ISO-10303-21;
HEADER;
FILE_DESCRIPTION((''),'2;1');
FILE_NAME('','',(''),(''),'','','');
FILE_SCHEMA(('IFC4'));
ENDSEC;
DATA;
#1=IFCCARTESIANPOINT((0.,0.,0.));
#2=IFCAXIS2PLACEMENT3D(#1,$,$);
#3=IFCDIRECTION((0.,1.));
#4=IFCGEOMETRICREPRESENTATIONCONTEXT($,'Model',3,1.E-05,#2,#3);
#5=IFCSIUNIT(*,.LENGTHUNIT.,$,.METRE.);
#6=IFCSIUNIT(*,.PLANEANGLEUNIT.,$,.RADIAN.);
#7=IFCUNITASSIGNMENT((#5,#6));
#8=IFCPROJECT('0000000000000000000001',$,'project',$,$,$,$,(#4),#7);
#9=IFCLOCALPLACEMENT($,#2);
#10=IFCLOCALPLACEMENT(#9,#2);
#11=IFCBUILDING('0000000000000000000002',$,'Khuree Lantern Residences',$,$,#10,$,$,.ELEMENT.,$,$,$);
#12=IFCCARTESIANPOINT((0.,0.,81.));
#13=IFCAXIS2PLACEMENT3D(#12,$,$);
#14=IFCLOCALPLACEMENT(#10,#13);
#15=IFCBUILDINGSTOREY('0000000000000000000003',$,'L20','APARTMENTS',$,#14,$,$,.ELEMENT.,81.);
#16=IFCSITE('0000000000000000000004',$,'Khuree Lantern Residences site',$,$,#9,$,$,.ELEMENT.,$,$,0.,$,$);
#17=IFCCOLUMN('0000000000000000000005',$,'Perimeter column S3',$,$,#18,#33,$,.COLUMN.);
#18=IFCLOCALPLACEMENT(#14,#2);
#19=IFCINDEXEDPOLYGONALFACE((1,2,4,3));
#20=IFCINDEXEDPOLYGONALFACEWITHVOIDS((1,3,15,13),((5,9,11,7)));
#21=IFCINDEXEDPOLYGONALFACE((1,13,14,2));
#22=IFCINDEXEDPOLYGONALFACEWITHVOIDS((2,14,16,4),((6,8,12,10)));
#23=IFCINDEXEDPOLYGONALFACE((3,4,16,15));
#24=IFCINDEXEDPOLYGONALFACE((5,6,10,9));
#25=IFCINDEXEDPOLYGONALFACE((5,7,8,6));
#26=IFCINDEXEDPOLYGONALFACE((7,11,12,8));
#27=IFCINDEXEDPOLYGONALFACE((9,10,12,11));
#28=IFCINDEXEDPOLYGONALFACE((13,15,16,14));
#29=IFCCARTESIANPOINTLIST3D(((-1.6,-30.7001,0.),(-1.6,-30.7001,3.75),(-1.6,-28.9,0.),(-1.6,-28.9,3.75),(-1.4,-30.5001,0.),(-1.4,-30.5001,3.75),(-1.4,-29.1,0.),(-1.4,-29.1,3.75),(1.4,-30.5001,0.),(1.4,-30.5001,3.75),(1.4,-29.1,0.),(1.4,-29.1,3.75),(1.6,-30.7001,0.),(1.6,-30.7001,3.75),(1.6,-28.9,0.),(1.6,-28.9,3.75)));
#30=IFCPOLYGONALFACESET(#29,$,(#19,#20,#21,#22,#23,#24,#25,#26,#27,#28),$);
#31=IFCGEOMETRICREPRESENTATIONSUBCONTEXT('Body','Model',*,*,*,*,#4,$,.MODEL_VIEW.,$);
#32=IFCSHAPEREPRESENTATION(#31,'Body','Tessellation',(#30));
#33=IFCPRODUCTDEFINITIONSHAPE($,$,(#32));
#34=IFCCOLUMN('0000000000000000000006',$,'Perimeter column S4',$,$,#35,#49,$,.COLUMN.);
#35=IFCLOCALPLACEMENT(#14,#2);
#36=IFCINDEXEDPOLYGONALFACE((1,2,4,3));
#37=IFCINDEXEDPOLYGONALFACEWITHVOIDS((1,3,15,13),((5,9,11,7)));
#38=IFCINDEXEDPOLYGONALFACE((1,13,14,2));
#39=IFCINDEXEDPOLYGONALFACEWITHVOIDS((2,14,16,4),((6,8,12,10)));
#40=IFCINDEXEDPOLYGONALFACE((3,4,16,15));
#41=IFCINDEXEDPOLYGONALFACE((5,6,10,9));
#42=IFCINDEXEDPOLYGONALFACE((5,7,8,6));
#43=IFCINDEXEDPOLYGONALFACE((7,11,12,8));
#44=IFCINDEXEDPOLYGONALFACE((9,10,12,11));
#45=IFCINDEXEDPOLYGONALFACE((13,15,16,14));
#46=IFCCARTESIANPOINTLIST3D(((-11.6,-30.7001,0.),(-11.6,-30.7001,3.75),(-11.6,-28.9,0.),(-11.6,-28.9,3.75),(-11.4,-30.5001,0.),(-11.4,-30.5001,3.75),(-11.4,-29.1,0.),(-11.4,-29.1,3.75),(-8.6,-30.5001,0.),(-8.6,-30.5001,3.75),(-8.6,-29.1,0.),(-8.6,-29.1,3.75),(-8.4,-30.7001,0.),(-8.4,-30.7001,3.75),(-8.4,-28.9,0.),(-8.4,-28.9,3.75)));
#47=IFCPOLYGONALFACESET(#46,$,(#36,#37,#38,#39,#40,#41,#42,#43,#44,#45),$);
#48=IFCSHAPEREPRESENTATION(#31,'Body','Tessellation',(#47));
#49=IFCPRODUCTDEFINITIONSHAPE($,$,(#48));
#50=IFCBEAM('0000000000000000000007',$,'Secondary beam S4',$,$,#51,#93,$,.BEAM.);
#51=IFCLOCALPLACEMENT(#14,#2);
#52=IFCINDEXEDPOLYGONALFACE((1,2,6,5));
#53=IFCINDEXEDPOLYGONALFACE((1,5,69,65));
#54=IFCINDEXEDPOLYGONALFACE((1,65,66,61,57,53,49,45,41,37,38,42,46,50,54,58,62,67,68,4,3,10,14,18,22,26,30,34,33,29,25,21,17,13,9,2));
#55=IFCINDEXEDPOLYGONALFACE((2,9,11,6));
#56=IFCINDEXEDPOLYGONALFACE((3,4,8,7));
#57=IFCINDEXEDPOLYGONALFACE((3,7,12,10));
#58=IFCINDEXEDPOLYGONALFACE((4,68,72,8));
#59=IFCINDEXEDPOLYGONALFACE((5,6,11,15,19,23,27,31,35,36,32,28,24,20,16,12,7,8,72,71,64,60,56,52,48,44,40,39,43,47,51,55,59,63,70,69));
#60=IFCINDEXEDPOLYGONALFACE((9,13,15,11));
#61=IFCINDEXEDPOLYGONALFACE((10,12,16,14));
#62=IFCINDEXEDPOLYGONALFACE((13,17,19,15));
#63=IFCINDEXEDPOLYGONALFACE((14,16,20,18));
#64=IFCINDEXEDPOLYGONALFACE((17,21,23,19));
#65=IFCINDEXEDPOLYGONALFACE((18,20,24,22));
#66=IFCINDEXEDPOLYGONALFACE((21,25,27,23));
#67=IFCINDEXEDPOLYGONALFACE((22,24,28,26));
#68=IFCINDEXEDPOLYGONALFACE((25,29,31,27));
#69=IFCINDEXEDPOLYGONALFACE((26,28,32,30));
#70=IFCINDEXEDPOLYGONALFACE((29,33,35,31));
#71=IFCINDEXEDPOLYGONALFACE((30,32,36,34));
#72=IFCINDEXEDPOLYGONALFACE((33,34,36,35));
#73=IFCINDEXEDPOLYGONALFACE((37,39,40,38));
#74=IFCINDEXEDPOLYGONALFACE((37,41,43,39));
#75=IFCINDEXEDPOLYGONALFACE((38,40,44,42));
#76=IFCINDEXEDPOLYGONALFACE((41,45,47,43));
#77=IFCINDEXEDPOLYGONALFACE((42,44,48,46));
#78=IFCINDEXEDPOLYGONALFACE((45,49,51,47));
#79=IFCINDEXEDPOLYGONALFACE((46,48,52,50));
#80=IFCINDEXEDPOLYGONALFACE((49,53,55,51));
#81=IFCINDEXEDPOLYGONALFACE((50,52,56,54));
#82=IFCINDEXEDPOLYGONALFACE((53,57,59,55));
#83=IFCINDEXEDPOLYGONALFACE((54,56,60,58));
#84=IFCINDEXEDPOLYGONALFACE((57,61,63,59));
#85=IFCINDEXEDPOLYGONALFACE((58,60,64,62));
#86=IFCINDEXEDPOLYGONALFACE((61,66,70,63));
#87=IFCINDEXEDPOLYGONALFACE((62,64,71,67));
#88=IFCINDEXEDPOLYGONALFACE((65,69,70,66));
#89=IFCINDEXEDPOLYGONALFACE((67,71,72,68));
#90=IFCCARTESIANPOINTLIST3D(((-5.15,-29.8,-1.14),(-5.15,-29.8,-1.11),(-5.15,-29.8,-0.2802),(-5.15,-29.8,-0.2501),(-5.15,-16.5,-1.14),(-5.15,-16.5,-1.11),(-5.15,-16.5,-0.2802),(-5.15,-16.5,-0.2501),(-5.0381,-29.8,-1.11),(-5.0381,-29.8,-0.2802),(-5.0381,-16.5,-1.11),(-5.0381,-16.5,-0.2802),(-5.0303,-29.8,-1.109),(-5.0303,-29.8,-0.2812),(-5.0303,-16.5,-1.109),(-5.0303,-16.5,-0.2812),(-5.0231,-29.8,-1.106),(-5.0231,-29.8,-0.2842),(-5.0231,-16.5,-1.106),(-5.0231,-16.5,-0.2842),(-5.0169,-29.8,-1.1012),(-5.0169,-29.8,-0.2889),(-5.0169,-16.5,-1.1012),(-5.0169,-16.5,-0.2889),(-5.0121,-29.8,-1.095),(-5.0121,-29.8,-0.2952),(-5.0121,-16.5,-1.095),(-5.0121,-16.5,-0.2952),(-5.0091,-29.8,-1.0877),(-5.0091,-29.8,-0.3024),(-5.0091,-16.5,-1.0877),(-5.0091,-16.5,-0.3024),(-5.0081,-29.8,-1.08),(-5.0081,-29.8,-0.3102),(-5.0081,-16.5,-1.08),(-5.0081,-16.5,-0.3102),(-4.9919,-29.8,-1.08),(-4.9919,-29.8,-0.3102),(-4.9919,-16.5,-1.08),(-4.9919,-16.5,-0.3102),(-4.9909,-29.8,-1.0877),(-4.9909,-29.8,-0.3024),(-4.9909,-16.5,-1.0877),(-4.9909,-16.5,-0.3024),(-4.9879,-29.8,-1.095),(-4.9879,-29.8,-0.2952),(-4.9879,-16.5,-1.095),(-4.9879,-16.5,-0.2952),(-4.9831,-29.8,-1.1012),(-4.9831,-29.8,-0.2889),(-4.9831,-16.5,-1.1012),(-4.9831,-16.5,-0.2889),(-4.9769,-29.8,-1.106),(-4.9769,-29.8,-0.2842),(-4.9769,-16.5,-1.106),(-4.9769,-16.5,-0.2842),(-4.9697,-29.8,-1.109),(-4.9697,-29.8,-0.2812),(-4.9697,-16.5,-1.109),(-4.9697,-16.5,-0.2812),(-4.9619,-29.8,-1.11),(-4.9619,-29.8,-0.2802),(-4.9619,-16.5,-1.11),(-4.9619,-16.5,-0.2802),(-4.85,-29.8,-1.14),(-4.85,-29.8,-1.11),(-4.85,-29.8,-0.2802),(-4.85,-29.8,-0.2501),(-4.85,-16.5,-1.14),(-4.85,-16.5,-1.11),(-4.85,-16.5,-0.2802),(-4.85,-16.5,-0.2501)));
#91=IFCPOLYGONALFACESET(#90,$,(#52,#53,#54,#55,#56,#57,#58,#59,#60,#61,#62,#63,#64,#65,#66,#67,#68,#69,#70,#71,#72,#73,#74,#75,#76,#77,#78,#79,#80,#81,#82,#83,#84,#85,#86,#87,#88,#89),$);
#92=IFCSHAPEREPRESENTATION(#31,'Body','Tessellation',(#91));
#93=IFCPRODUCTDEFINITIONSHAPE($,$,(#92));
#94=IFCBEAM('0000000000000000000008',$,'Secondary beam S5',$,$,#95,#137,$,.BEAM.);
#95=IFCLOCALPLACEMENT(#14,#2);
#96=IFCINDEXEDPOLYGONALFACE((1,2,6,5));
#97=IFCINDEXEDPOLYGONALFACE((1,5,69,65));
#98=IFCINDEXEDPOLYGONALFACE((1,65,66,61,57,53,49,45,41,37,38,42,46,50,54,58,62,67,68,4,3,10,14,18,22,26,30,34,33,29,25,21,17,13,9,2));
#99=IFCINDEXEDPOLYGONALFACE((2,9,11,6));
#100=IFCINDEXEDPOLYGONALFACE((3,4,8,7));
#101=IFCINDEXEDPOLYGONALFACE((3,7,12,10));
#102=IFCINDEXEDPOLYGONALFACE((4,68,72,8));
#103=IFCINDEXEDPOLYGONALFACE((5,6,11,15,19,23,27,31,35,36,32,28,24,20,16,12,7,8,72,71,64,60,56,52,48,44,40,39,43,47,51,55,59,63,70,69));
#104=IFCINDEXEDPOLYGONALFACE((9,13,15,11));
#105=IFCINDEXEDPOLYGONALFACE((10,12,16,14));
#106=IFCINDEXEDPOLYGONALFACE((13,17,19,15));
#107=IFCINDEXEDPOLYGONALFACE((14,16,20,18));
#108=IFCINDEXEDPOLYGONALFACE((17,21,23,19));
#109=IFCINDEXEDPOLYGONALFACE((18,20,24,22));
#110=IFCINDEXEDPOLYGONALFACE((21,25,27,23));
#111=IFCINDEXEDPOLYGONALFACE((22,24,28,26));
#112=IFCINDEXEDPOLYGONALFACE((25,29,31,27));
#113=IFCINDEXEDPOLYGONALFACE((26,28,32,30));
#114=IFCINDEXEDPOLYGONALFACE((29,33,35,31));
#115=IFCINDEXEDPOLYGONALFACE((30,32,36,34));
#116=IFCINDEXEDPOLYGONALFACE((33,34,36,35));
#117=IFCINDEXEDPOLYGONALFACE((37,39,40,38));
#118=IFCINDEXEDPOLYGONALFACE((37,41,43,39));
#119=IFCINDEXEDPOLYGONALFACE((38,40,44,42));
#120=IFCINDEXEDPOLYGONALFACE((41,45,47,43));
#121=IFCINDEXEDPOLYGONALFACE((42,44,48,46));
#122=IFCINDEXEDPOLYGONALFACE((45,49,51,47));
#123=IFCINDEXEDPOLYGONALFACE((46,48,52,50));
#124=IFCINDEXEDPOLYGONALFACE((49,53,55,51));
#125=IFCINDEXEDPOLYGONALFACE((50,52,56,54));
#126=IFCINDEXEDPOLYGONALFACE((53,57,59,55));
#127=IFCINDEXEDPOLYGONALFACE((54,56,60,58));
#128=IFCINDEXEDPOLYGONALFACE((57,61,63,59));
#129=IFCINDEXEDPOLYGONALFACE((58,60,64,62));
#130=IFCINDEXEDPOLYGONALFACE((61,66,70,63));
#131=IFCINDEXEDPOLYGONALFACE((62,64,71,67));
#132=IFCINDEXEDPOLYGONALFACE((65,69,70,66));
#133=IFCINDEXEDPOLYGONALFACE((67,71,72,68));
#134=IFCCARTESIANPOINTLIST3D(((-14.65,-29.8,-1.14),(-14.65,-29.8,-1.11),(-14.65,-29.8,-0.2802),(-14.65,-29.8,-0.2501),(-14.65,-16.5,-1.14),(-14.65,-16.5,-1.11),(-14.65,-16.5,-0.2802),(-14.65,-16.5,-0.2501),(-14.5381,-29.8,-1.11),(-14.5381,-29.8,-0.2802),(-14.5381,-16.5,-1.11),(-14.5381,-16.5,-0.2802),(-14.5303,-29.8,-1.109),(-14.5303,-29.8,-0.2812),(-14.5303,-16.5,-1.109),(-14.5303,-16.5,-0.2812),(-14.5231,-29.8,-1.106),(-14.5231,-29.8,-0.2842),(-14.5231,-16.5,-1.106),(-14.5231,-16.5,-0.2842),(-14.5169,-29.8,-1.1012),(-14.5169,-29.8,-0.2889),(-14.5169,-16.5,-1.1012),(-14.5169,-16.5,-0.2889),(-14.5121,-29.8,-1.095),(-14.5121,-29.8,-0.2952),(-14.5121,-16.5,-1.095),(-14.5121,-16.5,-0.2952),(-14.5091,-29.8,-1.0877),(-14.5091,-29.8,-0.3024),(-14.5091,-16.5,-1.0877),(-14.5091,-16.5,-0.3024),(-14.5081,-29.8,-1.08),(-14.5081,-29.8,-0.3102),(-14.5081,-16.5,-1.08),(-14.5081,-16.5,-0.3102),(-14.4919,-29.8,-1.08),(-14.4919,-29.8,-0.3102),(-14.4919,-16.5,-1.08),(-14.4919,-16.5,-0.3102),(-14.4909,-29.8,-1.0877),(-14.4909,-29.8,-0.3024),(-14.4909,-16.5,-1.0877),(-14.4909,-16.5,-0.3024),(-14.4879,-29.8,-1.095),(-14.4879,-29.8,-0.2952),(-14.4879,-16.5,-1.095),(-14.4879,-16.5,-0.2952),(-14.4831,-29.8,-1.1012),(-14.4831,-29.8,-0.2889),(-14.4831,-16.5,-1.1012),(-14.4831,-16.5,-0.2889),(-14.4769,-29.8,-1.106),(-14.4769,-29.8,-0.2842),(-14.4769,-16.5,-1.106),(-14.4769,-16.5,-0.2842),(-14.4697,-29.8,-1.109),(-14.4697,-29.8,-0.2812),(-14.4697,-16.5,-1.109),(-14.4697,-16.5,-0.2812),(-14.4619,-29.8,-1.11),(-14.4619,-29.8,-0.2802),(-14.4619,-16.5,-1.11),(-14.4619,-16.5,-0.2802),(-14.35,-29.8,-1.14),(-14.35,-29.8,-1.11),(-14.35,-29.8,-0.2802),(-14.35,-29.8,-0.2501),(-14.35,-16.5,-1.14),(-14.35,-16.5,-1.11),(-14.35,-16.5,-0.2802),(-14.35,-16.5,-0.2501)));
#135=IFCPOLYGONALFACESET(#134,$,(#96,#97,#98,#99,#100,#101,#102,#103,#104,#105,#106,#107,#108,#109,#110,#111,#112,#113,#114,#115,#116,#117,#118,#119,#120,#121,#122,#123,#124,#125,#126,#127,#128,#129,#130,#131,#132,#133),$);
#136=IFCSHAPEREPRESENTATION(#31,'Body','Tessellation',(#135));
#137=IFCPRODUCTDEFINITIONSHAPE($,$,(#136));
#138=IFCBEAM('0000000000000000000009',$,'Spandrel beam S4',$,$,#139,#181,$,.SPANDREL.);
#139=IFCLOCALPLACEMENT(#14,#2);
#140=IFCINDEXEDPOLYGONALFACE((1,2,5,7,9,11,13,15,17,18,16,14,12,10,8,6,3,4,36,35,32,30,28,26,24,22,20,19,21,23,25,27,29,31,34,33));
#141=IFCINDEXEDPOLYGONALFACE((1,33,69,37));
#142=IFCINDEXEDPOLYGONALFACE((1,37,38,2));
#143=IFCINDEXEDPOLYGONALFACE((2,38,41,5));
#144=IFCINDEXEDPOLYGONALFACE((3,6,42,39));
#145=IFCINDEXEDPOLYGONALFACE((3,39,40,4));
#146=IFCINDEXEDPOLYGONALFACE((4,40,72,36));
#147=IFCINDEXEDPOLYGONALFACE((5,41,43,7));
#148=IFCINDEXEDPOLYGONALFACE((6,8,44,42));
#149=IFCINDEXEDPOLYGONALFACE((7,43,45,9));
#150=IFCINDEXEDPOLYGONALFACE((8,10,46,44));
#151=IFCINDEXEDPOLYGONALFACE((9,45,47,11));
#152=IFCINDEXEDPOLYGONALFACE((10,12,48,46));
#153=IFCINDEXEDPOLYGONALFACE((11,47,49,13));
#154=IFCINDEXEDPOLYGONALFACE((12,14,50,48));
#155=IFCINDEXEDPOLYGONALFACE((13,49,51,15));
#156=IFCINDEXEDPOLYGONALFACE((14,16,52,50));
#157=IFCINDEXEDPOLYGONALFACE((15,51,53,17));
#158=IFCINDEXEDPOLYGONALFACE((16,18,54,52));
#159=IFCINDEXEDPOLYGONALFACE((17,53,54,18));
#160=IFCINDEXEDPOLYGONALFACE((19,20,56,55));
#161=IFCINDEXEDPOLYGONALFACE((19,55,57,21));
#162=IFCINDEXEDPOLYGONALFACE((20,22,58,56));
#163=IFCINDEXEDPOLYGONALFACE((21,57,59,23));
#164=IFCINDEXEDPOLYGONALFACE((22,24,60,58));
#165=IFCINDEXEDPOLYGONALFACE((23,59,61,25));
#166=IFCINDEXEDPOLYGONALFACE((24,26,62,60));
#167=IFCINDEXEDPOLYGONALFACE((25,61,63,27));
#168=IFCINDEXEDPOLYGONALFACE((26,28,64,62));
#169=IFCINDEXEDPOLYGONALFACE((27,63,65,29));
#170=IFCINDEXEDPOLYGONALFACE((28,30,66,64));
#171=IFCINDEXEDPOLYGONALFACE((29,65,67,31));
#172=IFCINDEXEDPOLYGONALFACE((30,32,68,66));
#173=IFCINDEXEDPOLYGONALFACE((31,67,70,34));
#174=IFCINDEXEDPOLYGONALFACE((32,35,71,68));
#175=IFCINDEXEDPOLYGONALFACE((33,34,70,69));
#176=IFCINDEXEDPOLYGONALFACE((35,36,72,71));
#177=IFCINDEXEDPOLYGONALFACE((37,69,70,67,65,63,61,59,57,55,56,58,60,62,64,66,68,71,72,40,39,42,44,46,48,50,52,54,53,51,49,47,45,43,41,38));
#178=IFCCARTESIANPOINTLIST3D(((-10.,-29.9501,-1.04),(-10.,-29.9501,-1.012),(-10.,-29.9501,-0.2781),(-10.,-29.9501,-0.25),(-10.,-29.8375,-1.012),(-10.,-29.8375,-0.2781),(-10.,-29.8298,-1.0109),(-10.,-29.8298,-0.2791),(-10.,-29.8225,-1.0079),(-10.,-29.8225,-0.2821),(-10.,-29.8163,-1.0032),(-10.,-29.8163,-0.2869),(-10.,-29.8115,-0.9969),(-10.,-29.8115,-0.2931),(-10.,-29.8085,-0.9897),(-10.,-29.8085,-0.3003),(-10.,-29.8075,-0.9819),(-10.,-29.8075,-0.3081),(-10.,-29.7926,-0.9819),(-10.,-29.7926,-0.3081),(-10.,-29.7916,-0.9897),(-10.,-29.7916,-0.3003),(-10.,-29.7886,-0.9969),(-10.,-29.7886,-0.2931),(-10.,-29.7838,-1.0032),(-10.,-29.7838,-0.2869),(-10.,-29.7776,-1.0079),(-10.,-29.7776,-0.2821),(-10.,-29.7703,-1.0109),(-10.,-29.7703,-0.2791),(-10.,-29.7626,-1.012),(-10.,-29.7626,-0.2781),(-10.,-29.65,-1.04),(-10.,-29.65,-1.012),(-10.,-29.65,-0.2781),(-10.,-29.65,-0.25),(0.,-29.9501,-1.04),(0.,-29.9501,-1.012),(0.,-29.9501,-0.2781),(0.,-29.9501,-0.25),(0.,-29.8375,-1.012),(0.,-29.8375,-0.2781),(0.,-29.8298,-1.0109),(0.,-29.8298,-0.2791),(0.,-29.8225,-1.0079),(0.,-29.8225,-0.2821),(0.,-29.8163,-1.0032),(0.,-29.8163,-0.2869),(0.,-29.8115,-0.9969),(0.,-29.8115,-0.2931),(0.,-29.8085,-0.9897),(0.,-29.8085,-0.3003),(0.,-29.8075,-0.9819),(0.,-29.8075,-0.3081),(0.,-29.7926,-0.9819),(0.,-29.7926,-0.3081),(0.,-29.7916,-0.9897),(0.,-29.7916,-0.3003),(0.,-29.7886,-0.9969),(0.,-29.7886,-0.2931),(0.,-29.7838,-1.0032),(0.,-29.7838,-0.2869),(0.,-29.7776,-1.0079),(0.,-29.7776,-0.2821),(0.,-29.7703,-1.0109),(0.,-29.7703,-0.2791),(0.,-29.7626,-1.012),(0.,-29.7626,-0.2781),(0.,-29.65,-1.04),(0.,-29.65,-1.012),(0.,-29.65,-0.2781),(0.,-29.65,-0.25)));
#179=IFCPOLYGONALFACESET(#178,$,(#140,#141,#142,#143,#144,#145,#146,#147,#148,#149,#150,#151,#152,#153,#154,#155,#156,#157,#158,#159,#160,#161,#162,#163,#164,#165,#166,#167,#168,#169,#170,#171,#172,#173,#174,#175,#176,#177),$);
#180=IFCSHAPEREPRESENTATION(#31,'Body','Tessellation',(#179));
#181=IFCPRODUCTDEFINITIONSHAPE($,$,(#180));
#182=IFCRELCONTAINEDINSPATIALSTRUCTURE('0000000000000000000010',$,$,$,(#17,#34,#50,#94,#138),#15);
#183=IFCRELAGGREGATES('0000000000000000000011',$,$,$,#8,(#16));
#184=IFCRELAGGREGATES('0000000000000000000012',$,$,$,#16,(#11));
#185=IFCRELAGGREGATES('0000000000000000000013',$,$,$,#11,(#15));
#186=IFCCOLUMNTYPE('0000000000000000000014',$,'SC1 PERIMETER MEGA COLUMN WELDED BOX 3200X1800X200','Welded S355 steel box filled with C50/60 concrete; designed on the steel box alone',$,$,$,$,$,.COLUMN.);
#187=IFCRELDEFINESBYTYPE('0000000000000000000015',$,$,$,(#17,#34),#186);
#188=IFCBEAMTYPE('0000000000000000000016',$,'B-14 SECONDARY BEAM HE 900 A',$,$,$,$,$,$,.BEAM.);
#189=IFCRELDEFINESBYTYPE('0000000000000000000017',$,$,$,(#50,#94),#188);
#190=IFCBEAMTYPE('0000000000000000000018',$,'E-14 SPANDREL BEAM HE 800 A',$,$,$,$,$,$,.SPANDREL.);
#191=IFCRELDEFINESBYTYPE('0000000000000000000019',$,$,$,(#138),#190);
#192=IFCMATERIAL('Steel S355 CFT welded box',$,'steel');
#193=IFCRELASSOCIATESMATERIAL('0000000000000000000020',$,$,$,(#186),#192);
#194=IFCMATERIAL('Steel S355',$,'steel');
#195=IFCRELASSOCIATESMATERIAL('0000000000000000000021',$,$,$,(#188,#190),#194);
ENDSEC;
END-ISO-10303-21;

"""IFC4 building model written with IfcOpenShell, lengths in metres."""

from ifc_helpers import new_model, si_unit, direction, frame, origin, origin_2d, place, context, subcontext, project, spatial, hollow_rectangle, i_section, extrude, material, material_profile, profile_set, type_object, element, save


model = new_model("IFC4")

# Units and contexts
model_context = context("Model", 3, precision=1e-05, world=origin(), true_north=direction((0.0, 1.0)))
body_context = subcontext(model_context, "Body", "Model", "MODEL_VIEW")
ifc_project = project(units=[si_unit("LENGTHUNIT", "METRE"), si_unit("PLANEANGLEUNIT", "RADIAN")], contexts=[model_context])

# Site, building, storey
site_placement = place(None, origin())
site = spatial("IfcSite", under=ifc_project, at=site_placement, Name="Khuree Lantern Residences site", CompositionType="ELEMENT", RefElevation=0.0)
building_placement = place(site_placement, origin())
building = spatial("IfcBuilding", under=site, at=building_placement, Name="Khuree Lantern Residences", CompositionType="ELEMENT")
storey_placement = place(building_placement, frame((0.0, 0.0, 81.0)))
storey = spatial("IfcBuildingStorey", under=building, at=storey_placement, Name="L20", Description="APARTMENTS", CompositionType="ELEMENT", Elevation=81.0)

# Columns
ifc_material_1 = material(Name="Steel S355 CFT welded box", Category="steel")
ifc_material_profile_1 = material_profile(ifc_material_1, hollow_rectangle(XDim=3.2, YDim=1.8, WallThickness=0.2, at=origin_2d()), Name="WELDED BOX 3200X1800X200")
ifc_profile_set_1 = profile_set([ifc_material_profile_1], Name="Steel S355 CFT welded box")
column_type = type_object("IfcColumnType", Name="SC1 PERIMETER MEGA COLUMN WELDED BOX 3200X1800X200", Description="Welded S355 steel box filled with C50/60 concrete; designed on the steel box alone", PredefinedType="COLUMN", material=ifc_profile_set_1)
for number, where, z_axis, x_axis, name in (
    (1, (0.0, -29.8, 0.0), (0.0, 0.0, 1.0), (1.0, 0.0, 0.0), "Perimeter column S3"),
    (2, (-10.0, -29.8, 0.0), (0.0, 0.0, 1.0), (1.0, 0.0, 0.0), "Perimeter column S4"),
):
    element("IfcColumn", number, at=place(storey_placement, frame(where, z_axis=z_axis, x_axis=x_axis)), inside=storey, type_object=column_type, Name=name, PredefinedType="COLUMN", context=body_context, shape_type="SweptSolid", body=[
        extrude(hollow_rectangle(XDim=3.2, YDim=1.8, WallThickness=0.2, at=origin_2d()), origin(), (0.0, 0.0, 1.0), 3.75),
    ])

# Beams
ifc_material_2 = material(Name="Steel S355", Category="steel")
ifc_material_profile_2 = material_profile(ifc_material_2, i_section(OverallWidth=0.3, OverallDepth=0.8899, WebThickness=0.0161, FlangeThickness=0.03, FilletRadius=0.03, at=origin_2d()), Name="HE 900 A")
ifc_profile_set_2 = profile_set([ifc_material_profile_2], Name="Steel S355")
beam_type_1 = type_object("IfcBeamType", Name="B-14 SECONDARY BEAM HE 900 A", PredefinedType="BEAM", material=ifc_profile_set_2)
for number, where, z_axis, x_axis, name in (
    (3, (-5.0, -29.8, -0.6951), (0.0, 1.0, 0.0), (-1.0, 0.0, 0.0), "Secondary beam S4"),
    (4, (-14.5, -29.8, -0.6951), (0.0, 1.0, 0.0), (-1.0, 0.0, 0.0), "Secondary beam S5"),
):
    element("IfcBeam", number, at=place(storey_placement, frame(where, z_axis=z_axis, x_axis=x_axis)), inside=storey, type_object=beam_type_1, Name=name, PredefinedType="BEAM", context=body_context, shape_type="SweptSolid", body=[
        extrude(i_section(OverallWidth=0.3, OverallDepth=0.8899, WebThickness=0.0161, FlangeThickness=0.03, FilletRadius=0.03, at=origin_2d()), origin(), (0.0, 0.0, 1.0), 13.3),
    ])
ifc_material_profile_3 = material_profile(ifc_material_2, i_section(OverallWidth=0.3, OverallDepth=0.79, WebThickness=0.0149, FlangeThickness=0.0281, FilletRadius=0.03, at=origin_2d()), Name="HE 800 A")
ifc_profile_set_3 = profile_set([ifc_material_profile_3], Name="Steel S355")
beam_type_2 = type_object("IfcBeamType", Name="E-14 SPANDREL BEAM HE 800 A", PredefinedType="SPANDREL", material=ifc_profile_set_3)
for number, where, z_axis, x_axis, name in (
    (5, (0.0, -29.8, -0.645), (-1.0, 0.0, 0.0), (0.0, -1.0, 0.0), "Spandrel beam S4"),
):
    element("IfcBeam", number, at=place(storey_placement, frame(where, z_axis=z_axis, x_axis=x_axis)), inside=storey, type_object=beam_type_2, Name=name, PredefinedType="SPANDREL", context=body_context, shape_type="SweptSolid", body=[
        extrude(i_section(OverallWidth=0.3, OverallDepth=0.79, WebThickness=0.0149, FlangeThickness=0.0281, FilletRadius=0.03, at=origin_2d()), origin(), (0.0, 0.0, 1.0), 10.0),
    ])

save(model, "model.ifc")
